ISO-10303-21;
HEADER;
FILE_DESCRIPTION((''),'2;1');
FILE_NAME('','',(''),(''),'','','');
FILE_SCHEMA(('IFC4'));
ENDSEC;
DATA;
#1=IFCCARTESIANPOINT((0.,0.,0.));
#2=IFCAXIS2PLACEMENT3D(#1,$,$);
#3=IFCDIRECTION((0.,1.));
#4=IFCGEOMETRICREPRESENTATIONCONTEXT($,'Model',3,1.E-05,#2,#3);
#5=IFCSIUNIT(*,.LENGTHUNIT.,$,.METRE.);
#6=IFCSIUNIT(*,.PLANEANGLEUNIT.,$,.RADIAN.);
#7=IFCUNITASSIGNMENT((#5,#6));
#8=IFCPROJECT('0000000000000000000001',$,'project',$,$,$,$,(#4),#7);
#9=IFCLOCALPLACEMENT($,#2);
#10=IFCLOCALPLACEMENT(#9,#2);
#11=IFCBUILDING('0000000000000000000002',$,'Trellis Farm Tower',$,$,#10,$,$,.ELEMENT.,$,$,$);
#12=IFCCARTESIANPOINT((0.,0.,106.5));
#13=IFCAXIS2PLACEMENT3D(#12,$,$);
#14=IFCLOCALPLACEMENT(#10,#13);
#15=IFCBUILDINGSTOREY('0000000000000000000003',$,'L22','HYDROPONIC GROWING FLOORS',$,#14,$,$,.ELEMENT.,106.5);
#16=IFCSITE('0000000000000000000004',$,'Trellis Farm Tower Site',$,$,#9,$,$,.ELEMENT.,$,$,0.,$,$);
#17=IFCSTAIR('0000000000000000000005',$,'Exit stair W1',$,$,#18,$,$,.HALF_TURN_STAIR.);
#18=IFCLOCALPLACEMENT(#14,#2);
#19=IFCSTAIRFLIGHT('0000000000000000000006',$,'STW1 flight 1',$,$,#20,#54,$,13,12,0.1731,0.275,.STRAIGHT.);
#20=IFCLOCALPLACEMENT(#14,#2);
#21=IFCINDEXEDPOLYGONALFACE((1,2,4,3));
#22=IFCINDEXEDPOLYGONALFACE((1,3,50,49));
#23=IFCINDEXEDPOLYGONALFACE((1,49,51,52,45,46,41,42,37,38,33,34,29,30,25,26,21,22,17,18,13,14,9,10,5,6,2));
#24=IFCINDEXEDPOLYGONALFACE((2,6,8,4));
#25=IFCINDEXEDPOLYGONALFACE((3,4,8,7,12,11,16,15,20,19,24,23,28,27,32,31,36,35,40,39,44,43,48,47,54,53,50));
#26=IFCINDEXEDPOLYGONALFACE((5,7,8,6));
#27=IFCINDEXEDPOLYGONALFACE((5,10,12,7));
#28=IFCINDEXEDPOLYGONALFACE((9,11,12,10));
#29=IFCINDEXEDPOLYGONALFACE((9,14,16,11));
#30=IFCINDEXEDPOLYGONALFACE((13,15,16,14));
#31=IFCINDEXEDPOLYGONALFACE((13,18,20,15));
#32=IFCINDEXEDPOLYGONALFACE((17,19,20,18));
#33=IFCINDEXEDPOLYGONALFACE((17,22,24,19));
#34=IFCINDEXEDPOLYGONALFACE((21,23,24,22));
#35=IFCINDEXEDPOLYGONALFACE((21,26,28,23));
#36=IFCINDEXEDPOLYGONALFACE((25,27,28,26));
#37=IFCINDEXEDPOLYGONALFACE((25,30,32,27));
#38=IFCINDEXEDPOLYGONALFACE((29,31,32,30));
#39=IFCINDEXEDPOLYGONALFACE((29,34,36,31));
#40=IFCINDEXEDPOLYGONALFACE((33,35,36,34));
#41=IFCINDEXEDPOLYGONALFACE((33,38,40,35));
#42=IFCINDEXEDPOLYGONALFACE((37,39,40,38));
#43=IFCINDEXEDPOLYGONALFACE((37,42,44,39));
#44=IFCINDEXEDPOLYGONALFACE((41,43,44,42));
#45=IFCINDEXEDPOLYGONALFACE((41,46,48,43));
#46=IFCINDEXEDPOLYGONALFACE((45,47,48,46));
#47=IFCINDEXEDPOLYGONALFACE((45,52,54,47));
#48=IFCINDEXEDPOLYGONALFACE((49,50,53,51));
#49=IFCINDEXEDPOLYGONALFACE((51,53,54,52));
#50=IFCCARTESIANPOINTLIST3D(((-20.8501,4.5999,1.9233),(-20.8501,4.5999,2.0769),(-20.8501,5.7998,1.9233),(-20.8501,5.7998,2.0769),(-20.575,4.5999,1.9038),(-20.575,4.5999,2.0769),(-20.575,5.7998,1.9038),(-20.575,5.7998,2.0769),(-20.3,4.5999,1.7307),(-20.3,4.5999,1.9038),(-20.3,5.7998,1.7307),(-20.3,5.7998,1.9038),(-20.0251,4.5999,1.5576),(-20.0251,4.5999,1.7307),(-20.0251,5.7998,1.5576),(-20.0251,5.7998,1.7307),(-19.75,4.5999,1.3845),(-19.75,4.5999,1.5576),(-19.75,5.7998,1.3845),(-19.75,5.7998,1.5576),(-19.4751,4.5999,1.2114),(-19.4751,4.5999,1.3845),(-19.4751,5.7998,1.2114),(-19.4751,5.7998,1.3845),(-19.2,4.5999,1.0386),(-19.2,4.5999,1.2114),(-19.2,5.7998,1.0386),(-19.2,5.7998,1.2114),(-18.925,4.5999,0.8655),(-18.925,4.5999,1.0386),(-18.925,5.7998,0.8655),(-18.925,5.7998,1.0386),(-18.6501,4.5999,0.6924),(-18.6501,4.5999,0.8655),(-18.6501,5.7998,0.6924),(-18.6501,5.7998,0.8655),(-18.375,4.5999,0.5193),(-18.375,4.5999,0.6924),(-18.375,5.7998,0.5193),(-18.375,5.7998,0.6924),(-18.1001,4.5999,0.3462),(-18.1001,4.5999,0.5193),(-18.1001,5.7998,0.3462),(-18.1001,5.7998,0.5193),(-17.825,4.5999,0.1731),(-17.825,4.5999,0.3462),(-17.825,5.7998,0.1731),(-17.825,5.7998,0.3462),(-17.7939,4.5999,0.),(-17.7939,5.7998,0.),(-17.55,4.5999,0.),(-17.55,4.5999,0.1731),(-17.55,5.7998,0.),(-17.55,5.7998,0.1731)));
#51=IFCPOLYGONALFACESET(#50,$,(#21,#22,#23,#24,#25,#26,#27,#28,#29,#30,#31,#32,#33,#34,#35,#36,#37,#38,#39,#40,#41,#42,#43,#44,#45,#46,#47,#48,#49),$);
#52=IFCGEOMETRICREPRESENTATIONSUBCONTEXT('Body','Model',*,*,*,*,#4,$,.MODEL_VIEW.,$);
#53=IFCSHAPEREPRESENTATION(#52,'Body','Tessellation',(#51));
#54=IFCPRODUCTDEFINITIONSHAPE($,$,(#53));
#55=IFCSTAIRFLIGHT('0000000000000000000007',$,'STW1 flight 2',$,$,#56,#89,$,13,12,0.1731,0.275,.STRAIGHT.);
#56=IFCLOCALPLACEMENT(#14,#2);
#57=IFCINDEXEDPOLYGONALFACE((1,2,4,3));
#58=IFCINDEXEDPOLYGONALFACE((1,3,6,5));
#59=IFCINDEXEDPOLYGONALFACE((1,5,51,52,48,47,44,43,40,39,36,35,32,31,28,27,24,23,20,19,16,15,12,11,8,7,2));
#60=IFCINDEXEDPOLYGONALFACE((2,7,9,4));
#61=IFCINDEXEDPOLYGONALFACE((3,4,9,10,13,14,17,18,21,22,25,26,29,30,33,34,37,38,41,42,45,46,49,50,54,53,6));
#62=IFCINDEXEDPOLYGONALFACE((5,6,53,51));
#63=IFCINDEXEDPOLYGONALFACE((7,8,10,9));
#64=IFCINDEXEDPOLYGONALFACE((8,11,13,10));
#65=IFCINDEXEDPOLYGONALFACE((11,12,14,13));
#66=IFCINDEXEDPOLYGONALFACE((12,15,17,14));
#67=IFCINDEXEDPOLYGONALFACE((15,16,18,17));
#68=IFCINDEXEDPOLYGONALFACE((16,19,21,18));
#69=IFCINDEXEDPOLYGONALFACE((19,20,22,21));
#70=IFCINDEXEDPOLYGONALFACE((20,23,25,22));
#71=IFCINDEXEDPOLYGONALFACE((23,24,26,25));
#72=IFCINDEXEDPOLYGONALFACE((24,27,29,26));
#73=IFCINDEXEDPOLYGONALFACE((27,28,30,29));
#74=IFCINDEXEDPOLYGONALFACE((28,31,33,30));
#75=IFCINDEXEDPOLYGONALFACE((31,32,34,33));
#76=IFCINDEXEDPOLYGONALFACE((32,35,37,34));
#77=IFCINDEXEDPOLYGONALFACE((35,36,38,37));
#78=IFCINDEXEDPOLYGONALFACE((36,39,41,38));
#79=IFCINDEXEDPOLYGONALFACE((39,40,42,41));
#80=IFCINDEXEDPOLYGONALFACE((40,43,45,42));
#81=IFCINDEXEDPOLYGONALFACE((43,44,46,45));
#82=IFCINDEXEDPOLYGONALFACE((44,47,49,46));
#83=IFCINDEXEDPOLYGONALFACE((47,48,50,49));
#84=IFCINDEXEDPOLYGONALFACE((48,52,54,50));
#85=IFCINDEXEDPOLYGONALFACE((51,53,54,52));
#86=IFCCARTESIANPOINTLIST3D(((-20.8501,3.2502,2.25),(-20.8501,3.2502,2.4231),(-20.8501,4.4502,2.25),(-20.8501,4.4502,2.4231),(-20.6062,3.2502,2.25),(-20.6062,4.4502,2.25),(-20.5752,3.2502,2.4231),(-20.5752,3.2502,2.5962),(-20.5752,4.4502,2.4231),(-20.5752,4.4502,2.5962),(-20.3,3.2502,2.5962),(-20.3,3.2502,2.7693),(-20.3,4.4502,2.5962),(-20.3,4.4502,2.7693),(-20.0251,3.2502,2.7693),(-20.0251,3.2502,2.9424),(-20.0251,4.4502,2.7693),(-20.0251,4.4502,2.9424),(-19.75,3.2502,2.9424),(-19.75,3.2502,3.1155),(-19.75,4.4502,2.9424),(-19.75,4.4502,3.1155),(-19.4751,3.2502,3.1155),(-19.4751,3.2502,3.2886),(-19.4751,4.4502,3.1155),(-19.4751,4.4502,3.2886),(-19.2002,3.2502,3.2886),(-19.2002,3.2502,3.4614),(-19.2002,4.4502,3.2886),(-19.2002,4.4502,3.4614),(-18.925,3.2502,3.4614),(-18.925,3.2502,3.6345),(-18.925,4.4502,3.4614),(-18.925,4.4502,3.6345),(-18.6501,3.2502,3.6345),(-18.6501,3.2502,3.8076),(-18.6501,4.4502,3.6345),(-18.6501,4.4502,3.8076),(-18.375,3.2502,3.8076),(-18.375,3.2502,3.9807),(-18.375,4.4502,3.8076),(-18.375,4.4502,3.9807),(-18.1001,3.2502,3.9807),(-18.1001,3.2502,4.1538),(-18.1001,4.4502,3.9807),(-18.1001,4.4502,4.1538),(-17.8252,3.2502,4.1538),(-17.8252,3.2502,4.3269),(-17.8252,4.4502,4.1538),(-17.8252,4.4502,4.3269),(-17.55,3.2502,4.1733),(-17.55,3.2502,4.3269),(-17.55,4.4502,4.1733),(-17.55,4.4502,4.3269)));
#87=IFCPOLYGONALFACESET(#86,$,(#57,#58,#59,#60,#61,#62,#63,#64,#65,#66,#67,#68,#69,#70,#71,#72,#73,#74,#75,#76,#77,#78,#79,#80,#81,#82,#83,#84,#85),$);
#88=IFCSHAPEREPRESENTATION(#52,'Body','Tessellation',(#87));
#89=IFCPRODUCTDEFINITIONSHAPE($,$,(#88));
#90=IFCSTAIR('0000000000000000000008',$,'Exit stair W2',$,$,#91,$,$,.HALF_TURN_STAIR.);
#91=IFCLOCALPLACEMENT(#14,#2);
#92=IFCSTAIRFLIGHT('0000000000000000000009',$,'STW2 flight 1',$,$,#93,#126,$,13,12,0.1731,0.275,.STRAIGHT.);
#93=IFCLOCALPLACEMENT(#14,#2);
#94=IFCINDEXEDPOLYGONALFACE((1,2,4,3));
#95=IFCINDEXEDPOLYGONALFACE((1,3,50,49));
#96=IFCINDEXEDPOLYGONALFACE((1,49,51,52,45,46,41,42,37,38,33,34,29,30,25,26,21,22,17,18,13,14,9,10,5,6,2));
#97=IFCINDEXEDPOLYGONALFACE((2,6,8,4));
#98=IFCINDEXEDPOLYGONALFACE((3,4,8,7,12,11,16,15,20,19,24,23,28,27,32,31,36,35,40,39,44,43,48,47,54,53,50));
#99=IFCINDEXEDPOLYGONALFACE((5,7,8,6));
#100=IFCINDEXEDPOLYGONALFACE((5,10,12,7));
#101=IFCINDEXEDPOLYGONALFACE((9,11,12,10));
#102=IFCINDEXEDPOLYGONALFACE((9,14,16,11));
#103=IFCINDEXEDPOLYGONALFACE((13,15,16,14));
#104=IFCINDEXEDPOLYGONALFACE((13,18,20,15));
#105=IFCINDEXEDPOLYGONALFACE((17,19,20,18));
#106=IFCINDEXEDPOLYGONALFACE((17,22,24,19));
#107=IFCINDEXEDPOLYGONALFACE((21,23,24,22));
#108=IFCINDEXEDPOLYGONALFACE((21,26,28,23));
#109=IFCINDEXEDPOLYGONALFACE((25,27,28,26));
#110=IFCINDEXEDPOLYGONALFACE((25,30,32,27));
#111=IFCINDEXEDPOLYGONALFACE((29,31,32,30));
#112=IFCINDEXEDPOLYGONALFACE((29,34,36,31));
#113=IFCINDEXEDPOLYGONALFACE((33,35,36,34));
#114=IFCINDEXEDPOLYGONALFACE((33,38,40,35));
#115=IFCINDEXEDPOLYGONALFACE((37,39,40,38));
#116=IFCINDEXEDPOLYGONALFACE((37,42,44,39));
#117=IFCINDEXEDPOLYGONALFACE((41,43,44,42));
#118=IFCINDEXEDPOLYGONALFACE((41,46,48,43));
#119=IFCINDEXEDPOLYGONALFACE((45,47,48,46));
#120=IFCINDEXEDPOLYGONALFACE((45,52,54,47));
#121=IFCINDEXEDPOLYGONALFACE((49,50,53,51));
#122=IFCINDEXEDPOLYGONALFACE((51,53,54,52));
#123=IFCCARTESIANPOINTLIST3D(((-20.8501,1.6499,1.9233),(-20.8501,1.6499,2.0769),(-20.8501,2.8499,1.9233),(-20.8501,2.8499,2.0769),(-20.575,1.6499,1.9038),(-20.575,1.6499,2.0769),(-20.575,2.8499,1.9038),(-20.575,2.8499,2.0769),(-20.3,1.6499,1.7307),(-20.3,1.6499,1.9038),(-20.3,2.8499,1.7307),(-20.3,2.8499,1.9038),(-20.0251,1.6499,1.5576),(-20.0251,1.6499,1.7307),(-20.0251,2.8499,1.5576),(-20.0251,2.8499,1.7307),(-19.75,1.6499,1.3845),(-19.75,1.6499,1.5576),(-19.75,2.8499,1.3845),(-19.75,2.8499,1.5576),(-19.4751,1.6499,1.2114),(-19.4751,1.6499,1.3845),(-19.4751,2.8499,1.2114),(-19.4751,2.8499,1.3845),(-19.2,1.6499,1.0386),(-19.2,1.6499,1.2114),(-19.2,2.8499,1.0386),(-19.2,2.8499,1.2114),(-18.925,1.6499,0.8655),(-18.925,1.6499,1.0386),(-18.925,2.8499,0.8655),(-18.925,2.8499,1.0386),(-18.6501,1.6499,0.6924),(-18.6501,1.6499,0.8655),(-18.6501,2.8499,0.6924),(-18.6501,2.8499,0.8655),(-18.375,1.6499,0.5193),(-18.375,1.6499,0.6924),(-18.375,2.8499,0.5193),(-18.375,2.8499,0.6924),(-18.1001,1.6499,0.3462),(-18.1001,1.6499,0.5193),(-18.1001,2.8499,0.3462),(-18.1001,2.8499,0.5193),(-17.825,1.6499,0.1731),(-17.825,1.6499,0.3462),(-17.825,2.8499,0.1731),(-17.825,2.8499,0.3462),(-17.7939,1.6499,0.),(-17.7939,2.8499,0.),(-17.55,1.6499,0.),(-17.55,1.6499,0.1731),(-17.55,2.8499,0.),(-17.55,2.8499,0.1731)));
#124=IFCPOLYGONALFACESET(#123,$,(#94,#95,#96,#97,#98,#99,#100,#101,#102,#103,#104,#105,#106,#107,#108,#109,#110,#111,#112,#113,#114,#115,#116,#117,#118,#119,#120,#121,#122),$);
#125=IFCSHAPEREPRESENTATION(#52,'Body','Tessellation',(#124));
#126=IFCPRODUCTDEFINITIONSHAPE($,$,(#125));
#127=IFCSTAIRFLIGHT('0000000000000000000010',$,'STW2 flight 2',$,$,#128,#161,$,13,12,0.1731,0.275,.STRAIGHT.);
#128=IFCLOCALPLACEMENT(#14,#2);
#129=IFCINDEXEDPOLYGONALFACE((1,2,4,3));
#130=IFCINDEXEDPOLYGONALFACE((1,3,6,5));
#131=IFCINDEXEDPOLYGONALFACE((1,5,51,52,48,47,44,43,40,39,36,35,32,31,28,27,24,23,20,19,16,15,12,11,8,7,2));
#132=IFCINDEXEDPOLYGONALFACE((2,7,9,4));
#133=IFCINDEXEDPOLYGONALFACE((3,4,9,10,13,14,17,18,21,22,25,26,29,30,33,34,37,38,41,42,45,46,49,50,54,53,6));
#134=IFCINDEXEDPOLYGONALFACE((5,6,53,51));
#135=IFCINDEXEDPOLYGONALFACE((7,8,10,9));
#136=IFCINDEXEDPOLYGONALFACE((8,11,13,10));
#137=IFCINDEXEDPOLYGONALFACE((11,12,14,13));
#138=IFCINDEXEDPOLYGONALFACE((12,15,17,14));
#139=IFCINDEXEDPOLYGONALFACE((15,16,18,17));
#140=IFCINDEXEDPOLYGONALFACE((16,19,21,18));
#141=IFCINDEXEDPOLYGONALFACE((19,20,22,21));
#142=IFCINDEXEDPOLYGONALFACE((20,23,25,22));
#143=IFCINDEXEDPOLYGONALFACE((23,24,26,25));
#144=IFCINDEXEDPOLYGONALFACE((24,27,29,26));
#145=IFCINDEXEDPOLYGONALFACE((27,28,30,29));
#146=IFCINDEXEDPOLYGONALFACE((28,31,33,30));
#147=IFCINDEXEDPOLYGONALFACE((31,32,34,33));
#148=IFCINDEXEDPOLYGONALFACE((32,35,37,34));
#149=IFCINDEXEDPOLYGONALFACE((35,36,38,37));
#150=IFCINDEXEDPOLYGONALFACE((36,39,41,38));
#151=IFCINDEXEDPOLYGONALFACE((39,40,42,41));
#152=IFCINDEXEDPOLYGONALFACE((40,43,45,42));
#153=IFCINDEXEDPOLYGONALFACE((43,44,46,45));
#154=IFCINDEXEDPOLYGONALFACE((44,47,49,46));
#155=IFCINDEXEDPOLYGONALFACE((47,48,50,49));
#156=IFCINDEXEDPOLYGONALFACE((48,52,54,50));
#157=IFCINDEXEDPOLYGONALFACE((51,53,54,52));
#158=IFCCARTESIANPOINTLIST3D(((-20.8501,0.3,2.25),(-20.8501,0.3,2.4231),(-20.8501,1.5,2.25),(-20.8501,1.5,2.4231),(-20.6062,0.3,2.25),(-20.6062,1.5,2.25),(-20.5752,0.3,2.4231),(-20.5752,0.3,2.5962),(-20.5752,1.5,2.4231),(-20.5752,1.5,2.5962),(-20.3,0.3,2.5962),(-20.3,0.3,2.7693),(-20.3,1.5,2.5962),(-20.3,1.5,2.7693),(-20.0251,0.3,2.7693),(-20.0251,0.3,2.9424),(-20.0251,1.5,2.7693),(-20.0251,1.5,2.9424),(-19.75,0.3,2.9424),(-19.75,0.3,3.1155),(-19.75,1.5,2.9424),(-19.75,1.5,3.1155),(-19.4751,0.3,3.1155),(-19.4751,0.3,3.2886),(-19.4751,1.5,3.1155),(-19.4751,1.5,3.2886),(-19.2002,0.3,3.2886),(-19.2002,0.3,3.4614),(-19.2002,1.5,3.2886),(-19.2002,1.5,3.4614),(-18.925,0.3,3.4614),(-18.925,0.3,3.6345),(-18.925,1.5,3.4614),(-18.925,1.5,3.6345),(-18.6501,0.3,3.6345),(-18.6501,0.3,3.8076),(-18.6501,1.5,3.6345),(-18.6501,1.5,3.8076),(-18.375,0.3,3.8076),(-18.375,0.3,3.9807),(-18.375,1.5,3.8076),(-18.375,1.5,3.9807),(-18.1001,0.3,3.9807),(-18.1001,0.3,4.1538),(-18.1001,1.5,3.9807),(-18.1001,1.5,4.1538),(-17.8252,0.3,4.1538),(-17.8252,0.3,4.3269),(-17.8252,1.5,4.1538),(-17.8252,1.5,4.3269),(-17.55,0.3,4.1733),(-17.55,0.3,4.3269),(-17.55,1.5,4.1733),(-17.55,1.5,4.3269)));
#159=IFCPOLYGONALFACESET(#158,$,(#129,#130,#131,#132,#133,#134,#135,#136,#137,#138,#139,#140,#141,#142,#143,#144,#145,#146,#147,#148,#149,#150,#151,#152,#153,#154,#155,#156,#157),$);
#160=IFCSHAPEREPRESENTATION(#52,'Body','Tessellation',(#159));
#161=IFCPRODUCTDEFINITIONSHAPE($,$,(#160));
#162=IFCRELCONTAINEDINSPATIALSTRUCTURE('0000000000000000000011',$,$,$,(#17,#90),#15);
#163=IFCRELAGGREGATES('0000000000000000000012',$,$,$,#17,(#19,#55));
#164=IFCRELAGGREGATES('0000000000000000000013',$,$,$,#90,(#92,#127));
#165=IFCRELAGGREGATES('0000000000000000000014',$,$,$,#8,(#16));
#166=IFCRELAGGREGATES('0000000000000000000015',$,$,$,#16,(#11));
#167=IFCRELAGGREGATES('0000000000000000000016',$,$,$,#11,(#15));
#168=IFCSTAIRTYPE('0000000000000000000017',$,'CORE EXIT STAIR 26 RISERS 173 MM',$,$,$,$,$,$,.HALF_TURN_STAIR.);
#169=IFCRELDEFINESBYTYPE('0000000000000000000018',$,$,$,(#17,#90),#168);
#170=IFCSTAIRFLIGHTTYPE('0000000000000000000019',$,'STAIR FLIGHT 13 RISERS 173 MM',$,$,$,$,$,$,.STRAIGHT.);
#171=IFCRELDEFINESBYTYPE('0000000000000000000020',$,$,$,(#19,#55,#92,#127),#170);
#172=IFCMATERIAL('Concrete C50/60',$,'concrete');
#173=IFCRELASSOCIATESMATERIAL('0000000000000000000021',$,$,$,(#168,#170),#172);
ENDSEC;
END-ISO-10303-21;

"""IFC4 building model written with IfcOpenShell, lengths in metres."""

from ifc_helpers import new_model, si_unit, direction, frame, origin, place, context, subcontext, project, spatial, polyline, outline, extrude, source, transform, mapped, material, type_object, element, aggregate, save


model = new_model("IFC4")

# Units and contexts
model_context = context("Model", 3, precision=1e-05, world=origin(), true_north=direction((0.0, 1.0)))
body_context = subcontext(model_context, "Body", "Model", "MODEL_VIEW")
ifc_project = project(units=[si_unit("LENGTHUNIT", "METRE"), si_unit("PLANEANGLEUNIT", "RADIAN")], contexts=[model_context])

# Site, building, storey
site_placement = place(None, origin())
site = spatial("IfcSite", under=ifc_project, at=site_placement, Name="Trellis Farm Tower Site", CompositionType="ELEMENT", RefElevation=0.0)
building_placement = place(site_placement, origin())
building = spatial("IfcBuilding", under=site, at=building_placement, Name="Trellis Farm Tower", CompositionType="ELEMENT")
storey_placement = place(building_placement, frame((0.0, 0.0, 106.5)))
storey = spatial("IfcBuildingStorey", under=building, at=storey_placement, Name="L22", Description="HYDROPONIC GROWING FLOORS", CompositionType="ELEMENT", Elevation=106.5)

# Shared definitions
placement = place(storey_placement, origin())

# Stairs, stair flights
ifc_material_1 = material(Name="Concrete C50/60", Category="concrete")
stair_type = type_object("IfcStairType", Name="CORE EXIT STAIR 26 RISERS 173 MM", PredefinedType="HALF_TURN_STAIR", material=ifc_material_1)
stair_1 = element("IfcStair", 1, at=placement, inside=storey, type_object=stair_type, Name="Exit stair W1", PredefinedType="HALF_TURN_STAIR")
stair_flight_type = type_object("IfcStairFlightType", Name="STAIR FLIGHT 13 RISERS 173 MM", PredefinedType="STRAIGHT", material=ifc_material_1)
shared_shape_1 = source(origin(), body_context, "Body", "SweptSolid", [
    extrude(outline(polyline([(0.0, 0.0), (0.0, 0.1731), (0.2749, 0.1731), (0.2749, 0.3462), (0.55, 0.3462), (0.55, 0.5193), (0.825, 0.5193), (0.825, 0.6924), (1.1001, 0.6924), (1.1001, 0.8655), (1.375, 0.8655), (1.375, 1.0386), (1.6499, 1.0386), (1.6499, 1.2114), (1.925, 1.2114), (1.925, 1.3845), (2.2, 1.3845), (2.2, 1.5576), (2.4751, 1.5576), (2.4751, 1.7307), (2.75, 1.7307), (2.75, 1.9038), (3.0249, 1.9038), (3.0249, 2.0769), (3.3, 2.0769), (3.3, 2.25), (3.3, 1.9233), (0.2439, 0.0), (0.0, 0.0)])), frame((0.0, 0.6001, 0.0), z_axis=(0.0, -1.0, 0.0), x_axis=(1.0, 0.0, 0.0)), (0.0, 0.0, 1.0), 1.2),
])
stair_flight_1_placement = place(storey_placement, frame((-17.55, 5.2, 0.0), z_axis=(0.0, 0.0, 1.0), x_axis=(-1.0, 0.0, 0.0)))
stair_flight_1 = element("IfcStairFlight", 2, at=stair_flight_1_placement, type_object=stair_flight_type, Name="STW1 flight 1", NumberOfRisers=13, NumberOfTreads=12, PredefinedType="STRAIGHT", RiserHeight=0.1731, TreadLength=0.275, context=body_context, shape_type="MappedRepresentation", body=[
    mapped(shared_shape_1, transform((0.0, 0.0, 0.0))),
])
stair_flight_2_placement = place(storey_placement, frame((-20.8501, 3.8501, 2.25), z_axis=(0.0, 0.0, 1.0), x_axis=(1.0, 0.0, 0.0)))
stair_flight_2 = element("IfcStairFlight", 3, at=stair_flight_2_placement, type_object=stair_flight_type, Name="STW1 flight 2", NumberOfRisers=13, NumberOfTreads=12, PredefinedType="STRAIGHT", RiserHeight=0.1731, TreadLength=0.275, context=body_context, shape_type="MappedRepresentation", body=[
    mapped(shared_shape_1, transform((0.0, 0.0, 0.0))),
])
aggregate(stair_1, [stair_flight_1, stair_flight_2])
stair_2 = element("IfcStair", 4, at=placement, inside=storey, type_object=stair_type, Name="Exit stair W2", PredefinedType="HALF_TURN_STAIR")
stair_flight_3_placement = place(storey_placement, frame((-17.55, 2.25, 0.0), z_axis=(0.0, 0.0, 1.0), x_axis=(-1.0, 0.0, 0.0)))
stair_flight_3 = element("IfcStairFlight", 5, at=stair_flight_3_placement, type_object=stair_flight_type, Name="STW2 flight 1", NumberOfRisers=13, NumberOfTreads=12, PredefinedType="STRAIGHT", RiserHeight=0.1731, TreadLength=0.275, context=body_context, shape_type="MappedRepresentation", body=[
    mapped(shared_shape_1, transform((0.0, 0.0, 0.0))),
])
stair_flight_4_placement = place(storey_placement, frame((-20.8501, 0.8999, 2.25), z_axis=(0.0, 0.0, 1.0), x_axis=(1.0, 0.0, 0.0)))
stair_flight_4 = element("IfcStairFlight", 6, at=stair_flight_4_placement, type_object=stair_flight_type, Name="STW2 flight 2", NumberOfRisers=13, NumberOfTreads=12, PredefinedType="STRAIGHT", RiserHeight=0.1731, TreadLength=0.275, context=body_context, shape_type="MappedRepresentation", body=[
    mapped(shared_shape_1, transform((0.0, 0.0, 0.0))),
])
aggregate(stair_2, [stair_flight_3, stair_flight_4])

save(model, "model.ifc")
